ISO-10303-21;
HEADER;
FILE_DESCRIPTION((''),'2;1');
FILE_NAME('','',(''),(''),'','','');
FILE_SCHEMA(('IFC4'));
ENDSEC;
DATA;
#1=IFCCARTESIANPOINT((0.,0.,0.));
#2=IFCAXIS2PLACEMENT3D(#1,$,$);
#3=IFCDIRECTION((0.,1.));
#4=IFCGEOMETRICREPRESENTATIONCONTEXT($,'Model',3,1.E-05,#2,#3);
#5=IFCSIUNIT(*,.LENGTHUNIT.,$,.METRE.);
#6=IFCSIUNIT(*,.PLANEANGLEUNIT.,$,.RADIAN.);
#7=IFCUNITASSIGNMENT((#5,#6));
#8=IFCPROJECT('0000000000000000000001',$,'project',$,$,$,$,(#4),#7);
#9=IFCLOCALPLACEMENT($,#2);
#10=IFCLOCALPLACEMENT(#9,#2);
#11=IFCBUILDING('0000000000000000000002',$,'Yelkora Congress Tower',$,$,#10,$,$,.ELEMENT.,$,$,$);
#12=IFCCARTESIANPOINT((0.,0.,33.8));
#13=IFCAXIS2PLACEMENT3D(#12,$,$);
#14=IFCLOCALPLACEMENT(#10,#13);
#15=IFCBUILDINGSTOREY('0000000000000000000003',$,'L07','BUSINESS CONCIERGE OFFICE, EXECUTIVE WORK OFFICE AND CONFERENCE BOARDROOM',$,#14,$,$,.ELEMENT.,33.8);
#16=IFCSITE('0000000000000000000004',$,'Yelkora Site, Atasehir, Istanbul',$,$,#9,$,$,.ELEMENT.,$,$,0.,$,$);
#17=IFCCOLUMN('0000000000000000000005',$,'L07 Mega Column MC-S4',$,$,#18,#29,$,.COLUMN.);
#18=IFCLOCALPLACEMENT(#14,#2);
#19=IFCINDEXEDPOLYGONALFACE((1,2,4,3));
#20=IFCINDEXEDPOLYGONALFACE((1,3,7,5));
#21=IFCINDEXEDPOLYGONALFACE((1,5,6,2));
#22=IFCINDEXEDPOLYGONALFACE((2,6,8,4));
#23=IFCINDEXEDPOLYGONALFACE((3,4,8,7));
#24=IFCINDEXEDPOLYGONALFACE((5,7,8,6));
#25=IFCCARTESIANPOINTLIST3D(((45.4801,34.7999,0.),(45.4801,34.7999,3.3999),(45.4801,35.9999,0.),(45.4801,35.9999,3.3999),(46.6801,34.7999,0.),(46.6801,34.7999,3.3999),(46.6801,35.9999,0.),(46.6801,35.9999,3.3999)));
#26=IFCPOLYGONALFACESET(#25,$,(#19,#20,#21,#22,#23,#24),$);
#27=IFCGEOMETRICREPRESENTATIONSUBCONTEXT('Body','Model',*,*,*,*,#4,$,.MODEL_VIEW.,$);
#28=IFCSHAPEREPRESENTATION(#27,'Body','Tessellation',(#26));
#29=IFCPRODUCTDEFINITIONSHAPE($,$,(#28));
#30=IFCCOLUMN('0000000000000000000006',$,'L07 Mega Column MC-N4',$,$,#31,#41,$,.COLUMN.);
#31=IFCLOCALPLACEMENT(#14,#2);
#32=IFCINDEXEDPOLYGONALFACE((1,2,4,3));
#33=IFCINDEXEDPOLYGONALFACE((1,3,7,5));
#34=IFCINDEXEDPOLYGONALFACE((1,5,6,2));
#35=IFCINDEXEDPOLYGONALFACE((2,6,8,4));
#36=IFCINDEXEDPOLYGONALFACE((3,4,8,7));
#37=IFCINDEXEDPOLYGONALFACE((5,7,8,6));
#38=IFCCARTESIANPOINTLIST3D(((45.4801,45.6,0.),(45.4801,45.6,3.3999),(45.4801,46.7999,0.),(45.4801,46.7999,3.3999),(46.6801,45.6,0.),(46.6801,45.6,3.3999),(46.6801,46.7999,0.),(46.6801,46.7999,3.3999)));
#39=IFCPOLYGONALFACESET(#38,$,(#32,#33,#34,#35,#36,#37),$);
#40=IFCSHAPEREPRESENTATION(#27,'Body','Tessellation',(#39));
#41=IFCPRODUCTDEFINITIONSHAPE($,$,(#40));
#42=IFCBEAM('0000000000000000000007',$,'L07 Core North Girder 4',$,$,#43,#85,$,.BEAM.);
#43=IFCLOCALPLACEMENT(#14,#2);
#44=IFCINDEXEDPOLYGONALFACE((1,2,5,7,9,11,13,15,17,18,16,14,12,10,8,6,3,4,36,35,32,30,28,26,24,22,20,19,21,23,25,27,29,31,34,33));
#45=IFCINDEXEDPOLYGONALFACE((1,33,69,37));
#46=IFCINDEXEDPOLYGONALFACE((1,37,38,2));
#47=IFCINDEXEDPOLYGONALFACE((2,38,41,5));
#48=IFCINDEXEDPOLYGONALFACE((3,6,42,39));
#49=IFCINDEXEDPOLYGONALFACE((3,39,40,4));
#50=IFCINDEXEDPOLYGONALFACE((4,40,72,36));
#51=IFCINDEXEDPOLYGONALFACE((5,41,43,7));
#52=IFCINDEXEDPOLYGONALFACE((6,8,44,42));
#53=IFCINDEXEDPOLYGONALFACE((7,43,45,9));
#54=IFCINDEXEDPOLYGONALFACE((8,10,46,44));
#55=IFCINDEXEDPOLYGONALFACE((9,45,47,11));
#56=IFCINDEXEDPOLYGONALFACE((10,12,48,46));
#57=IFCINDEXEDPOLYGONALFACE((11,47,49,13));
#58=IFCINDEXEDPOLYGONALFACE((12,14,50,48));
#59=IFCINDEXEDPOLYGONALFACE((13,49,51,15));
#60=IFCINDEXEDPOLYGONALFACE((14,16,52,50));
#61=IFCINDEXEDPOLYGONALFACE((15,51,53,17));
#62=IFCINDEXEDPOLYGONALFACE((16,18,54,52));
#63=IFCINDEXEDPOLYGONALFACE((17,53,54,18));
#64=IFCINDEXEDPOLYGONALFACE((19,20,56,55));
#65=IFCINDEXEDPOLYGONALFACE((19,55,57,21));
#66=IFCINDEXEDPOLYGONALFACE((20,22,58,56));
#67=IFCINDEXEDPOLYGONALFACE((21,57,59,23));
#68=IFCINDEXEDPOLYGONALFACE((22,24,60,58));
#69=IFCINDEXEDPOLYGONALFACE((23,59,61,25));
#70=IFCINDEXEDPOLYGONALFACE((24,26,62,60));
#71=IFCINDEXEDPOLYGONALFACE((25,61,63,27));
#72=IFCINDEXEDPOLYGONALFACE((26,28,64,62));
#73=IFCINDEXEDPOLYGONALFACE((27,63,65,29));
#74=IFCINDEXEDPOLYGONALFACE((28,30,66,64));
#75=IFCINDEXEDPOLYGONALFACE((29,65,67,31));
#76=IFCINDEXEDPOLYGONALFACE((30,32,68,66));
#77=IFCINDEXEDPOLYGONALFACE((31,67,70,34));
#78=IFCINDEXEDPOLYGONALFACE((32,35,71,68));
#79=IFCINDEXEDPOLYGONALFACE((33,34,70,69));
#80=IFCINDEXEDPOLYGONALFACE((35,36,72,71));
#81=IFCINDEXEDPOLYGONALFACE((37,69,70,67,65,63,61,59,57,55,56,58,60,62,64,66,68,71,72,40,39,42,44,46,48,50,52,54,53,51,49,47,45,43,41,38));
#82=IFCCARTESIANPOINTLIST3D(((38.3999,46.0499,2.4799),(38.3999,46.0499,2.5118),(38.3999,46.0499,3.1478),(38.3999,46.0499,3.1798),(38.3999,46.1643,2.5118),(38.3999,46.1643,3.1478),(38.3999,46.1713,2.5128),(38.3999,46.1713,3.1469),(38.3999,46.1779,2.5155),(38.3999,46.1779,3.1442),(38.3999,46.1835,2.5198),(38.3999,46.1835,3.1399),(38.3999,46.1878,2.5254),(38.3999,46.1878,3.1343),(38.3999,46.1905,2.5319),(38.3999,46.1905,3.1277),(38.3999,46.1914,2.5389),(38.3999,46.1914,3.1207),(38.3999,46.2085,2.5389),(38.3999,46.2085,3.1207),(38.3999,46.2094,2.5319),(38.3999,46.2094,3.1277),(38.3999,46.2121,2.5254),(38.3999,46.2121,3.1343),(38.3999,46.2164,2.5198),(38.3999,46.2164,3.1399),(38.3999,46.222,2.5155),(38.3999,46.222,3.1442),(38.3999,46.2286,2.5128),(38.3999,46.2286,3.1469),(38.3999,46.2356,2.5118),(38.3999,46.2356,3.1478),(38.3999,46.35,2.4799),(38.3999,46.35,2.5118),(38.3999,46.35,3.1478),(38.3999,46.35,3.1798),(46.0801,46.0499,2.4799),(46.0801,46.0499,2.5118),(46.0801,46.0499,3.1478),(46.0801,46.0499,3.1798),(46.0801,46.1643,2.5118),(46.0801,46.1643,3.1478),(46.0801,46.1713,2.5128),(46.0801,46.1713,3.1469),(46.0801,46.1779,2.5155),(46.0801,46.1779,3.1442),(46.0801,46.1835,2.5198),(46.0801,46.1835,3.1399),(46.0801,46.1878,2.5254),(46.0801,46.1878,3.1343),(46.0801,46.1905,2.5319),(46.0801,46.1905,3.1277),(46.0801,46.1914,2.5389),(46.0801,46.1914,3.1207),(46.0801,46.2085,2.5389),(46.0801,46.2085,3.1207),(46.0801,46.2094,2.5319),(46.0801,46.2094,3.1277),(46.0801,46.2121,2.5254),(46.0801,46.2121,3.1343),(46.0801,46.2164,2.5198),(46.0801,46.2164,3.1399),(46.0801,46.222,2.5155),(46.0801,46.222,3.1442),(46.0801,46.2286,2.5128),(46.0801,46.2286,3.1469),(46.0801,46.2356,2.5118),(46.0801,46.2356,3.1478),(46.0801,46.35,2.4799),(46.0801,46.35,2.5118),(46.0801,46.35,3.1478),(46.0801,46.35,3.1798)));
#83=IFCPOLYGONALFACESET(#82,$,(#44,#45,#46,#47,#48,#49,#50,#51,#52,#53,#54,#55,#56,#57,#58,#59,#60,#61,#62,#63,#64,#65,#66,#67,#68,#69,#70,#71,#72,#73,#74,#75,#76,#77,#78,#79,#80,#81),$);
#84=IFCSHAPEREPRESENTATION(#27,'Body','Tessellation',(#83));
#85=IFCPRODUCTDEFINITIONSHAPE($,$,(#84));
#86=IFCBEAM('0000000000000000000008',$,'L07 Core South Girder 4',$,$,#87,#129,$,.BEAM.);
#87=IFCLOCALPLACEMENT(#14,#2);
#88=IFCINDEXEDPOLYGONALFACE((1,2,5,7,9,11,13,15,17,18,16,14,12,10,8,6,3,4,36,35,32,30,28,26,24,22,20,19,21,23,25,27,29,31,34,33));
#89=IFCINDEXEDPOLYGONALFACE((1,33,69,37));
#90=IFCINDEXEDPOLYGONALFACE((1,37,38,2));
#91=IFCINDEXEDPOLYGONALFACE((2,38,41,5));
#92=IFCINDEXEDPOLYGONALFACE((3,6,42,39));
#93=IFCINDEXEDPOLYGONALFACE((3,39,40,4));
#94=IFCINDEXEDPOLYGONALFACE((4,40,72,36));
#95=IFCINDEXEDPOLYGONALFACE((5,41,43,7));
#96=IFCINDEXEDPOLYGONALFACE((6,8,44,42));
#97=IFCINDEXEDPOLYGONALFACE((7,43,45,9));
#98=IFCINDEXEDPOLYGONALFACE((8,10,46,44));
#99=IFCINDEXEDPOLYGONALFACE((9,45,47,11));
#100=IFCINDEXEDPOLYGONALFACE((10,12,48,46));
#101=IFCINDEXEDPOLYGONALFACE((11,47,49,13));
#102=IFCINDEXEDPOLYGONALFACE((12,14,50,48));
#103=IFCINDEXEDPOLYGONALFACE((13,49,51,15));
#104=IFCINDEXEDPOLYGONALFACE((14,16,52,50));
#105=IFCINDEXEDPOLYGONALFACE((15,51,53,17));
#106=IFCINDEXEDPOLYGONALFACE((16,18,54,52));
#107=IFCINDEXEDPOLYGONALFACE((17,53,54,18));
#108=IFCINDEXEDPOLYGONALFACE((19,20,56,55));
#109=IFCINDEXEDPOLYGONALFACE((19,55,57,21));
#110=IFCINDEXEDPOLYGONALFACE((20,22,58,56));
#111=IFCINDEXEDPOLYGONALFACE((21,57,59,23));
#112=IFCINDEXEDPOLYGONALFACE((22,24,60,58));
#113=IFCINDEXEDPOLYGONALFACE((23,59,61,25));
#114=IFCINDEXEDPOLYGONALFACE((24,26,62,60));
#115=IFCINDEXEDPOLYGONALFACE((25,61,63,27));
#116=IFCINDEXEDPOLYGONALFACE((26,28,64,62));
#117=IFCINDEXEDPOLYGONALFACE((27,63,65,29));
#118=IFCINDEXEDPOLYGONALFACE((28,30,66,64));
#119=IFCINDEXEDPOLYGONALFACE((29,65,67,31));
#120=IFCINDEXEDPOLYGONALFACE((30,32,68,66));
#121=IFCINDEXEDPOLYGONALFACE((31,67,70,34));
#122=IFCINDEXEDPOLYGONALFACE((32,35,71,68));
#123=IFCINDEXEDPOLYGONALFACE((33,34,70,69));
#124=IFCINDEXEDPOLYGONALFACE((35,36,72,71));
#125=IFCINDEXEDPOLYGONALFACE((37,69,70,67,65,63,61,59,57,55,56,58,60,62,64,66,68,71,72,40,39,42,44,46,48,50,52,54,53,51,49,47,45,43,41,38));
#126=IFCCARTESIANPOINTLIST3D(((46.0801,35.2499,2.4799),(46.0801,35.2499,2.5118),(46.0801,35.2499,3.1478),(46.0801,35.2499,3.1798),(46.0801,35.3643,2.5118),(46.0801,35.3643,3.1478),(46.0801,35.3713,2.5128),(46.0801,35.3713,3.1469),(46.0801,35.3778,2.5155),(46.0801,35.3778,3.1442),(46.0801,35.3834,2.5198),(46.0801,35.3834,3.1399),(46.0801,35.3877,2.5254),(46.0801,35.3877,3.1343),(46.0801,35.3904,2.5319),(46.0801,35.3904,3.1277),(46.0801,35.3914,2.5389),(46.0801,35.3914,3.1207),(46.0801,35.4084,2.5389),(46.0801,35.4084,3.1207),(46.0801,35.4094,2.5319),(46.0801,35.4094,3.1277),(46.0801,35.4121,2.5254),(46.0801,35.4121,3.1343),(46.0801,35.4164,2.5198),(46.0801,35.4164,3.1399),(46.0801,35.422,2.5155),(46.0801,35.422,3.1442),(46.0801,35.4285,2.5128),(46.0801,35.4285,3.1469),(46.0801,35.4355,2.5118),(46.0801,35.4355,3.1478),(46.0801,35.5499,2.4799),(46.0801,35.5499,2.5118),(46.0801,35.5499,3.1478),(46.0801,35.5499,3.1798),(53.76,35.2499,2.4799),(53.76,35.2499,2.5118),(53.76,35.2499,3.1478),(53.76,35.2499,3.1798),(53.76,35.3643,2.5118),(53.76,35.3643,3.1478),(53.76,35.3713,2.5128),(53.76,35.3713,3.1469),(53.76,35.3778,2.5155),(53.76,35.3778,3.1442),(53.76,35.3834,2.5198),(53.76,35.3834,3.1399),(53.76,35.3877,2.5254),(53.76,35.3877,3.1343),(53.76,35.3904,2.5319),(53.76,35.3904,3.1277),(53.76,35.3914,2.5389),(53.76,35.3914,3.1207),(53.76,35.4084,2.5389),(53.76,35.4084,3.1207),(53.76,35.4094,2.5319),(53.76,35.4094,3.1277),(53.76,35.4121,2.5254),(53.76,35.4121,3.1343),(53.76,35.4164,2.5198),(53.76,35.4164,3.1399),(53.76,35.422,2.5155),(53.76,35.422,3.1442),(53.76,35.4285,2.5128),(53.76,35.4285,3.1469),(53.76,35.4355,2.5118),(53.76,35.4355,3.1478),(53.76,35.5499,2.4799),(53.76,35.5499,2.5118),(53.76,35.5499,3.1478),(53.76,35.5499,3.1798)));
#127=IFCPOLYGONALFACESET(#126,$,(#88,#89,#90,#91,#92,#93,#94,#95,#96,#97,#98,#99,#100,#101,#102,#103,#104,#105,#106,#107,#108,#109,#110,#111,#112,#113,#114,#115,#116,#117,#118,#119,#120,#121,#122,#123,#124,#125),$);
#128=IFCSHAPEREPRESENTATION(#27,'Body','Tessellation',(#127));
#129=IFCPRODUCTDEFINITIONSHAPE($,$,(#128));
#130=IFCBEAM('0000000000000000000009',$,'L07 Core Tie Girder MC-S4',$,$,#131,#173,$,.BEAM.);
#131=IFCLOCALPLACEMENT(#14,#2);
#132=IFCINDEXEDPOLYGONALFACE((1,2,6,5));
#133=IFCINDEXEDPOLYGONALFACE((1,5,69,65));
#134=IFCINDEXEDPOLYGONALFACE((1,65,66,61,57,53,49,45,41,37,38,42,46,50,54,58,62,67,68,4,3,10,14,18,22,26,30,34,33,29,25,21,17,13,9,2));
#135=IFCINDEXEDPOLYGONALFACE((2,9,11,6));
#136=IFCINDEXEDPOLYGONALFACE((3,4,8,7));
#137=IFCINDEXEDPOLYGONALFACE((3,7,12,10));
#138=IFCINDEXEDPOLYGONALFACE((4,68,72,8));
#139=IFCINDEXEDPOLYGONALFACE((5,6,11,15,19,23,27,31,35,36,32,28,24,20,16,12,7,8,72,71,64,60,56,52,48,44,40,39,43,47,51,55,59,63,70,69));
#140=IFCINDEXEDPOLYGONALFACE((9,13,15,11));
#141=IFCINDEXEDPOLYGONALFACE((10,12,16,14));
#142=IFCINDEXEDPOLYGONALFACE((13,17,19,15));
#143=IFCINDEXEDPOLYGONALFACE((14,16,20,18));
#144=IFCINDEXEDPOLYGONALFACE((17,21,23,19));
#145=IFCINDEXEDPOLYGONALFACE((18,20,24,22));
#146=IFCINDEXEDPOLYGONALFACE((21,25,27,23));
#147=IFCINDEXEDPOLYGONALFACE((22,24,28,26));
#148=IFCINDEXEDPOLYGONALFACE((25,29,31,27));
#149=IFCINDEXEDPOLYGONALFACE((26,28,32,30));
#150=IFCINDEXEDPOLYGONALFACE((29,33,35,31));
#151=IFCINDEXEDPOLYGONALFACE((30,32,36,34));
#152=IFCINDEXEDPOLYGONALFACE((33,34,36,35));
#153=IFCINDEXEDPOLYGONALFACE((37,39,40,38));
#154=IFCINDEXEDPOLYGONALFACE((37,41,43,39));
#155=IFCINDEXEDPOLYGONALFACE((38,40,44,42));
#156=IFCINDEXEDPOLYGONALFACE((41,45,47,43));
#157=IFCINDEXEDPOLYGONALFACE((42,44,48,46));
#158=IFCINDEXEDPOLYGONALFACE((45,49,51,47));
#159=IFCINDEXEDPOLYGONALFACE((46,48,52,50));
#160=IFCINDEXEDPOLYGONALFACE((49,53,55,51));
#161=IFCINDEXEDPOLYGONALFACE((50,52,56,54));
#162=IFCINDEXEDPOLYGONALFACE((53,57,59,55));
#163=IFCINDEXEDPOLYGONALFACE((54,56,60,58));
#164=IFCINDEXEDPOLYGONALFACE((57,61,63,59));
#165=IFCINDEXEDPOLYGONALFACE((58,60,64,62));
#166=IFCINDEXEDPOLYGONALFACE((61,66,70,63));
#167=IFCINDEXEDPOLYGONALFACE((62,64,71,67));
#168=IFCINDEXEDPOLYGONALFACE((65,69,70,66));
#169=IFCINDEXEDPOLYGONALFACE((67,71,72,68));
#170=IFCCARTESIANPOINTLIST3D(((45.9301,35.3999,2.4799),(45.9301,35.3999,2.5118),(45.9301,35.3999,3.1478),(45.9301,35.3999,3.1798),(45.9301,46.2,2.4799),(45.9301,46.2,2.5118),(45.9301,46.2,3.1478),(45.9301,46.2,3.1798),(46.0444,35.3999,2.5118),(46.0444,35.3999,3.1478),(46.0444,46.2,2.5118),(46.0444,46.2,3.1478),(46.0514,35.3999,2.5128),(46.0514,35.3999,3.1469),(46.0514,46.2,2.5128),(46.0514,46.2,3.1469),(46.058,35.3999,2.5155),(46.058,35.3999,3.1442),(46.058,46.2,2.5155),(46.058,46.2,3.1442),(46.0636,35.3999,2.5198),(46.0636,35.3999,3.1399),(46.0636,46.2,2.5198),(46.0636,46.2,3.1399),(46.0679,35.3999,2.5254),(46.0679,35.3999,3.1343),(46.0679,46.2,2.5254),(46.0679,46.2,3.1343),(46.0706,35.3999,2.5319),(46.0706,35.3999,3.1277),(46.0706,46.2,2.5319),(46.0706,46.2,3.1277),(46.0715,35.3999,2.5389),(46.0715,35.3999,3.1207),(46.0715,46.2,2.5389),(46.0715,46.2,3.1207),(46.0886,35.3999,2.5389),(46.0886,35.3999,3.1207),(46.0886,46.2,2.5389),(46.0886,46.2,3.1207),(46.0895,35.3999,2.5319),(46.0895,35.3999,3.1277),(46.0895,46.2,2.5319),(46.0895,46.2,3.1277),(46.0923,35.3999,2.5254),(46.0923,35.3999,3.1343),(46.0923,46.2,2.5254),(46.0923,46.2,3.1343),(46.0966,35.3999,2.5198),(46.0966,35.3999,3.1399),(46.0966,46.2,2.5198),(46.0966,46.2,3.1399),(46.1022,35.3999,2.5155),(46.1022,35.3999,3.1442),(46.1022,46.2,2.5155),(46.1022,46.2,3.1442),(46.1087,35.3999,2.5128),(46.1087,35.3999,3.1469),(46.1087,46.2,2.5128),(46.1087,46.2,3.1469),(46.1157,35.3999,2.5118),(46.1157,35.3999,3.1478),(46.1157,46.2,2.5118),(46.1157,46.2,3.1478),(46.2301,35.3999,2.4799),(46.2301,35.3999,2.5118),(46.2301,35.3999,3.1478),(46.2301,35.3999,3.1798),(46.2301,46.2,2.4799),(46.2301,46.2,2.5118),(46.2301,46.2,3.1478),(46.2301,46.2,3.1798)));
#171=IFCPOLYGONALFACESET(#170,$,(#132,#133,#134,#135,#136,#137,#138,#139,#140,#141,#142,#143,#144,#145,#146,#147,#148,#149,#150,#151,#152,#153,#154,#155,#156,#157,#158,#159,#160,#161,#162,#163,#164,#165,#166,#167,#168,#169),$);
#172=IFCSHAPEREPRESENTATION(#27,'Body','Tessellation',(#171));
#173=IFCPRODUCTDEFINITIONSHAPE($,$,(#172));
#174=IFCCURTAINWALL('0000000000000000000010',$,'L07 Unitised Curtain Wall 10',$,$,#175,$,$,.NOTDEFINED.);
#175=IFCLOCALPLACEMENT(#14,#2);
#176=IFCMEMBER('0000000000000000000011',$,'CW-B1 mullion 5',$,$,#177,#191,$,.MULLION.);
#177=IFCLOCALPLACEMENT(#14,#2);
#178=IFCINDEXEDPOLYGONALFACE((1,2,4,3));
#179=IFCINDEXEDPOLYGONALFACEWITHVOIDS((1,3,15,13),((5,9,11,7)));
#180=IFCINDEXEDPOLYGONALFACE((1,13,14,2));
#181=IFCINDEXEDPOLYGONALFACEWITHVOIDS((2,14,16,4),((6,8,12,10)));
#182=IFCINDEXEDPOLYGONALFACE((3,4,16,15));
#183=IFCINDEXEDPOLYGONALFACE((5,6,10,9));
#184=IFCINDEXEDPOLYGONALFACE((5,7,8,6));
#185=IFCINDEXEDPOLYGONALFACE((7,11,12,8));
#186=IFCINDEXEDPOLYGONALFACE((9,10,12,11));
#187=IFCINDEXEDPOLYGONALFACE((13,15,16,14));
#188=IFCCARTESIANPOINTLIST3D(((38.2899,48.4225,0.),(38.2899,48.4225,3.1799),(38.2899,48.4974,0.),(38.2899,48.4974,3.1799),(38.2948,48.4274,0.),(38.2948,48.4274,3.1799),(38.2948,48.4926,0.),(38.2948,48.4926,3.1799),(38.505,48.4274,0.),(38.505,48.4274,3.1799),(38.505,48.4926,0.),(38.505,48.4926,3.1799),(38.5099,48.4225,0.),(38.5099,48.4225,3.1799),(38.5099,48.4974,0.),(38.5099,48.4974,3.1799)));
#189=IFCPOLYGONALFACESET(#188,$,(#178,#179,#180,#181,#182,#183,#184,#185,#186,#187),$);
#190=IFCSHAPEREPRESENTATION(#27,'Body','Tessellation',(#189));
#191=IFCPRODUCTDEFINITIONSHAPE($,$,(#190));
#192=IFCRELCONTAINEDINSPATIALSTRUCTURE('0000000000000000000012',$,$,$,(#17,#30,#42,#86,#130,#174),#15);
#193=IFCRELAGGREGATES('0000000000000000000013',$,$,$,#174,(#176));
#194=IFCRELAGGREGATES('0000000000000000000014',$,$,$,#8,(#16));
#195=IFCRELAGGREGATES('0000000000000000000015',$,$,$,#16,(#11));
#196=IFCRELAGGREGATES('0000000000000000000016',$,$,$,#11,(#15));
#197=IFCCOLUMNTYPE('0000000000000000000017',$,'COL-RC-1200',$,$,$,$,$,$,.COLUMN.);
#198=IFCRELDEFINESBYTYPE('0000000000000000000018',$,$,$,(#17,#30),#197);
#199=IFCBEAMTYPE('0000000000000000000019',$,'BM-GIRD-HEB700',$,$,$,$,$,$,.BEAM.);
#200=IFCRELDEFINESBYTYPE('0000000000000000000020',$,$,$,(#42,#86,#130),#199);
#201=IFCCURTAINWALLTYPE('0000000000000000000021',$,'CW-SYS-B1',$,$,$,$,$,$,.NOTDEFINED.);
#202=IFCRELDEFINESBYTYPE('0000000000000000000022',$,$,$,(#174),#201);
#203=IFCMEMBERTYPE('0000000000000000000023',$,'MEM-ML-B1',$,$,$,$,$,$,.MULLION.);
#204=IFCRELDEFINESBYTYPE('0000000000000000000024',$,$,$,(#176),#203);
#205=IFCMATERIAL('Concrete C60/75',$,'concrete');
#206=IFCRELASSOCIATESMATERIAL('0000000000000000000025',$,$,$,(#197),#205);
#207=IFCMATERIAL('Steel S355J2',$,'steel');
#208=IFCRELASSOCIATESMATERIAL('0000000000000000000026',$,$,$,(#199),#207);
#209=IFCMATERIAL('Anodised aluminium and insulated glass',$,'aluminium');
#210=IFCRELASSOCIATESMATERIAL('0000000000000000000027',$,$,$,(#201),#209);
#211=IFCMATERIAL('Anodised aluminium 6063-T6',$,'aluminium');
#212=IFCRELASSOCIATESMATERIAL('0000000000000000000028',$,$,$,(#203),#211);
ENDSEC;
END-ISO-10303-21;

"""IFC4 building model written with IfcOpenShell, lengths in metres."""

from ifc_helpers import new_model, si_unit, direction, frame, origin, origin_2d, place, context, subcontext, project, spatial, rectangle, hollow_rectangle, i_section, extrude, material, material_profile, profile_set, type_object, element, aggregate, save


model = new_model("IFC4")

# Units and contexts
model_context = context("Model", 3, precision=1e-05, world=origin(), true_north=direction((0.0, 1.0)))
body_context = subcontext(model_context, "Body", "Model", "MODEL_VIEW")
ifc_project = project(units=[si_unit("LENGTHUNIT", "METRE"), si_unit("PLANEANGLEUNIT", "RADIAN")], contexts=[model_context])

# Site, building, storey
site_placement = place(None, origin())
site = spatial("IfcSite", under=ifc_project, at=site_placement, Name="Yelkora Site, Atasehir, Istanbul", CompositionType="ELEMENT", RefElevation=0.0)
building_placement = place(site_placement, origin())
building = spatial("IfcBuilding", under=site, at=building_placement, Name="Yelkora Congress Tower", CompositionType="ELEMENT")
storey_placement = place(building_placement, frame((0.0, 0.0, 33.8)))
storey = spatial("IfcBuildingStorey", under=building, at=storey_placement, Name="L07", Description="BUSINESS CONCIERGE OFFICE, EXECUTIVE WORK OFFICE AND CONFERENCE BOARDROOM", CompositionType="ELEMENT", Elevation=33.8)

# Columns
ifc_material_1 = material(Name="Concrete C60/75", Category="concrete")
ifc_material_profile_1 = material_profile(ifc_material_1, rectangle(XDim=1.2, YDim=1.2, at=origin_2d()), Name="RC 1200x1200")
ifc_profile_set_1 = profile_set([ifc_material_profile_1], Name="Concrete C60/75")
column_type = type_object("IfcColumnType", Name="COL-RC-1200", PredefinedType="COLUMN", material=ifc_profile_set_1)
for number, where, z_axis, x_axis, name in (
    (1, (46.0801, 35.3999, 0.0), (0.0, 0.0, 1.0), (1.0, 0.0, 0.0), "L07 Mega Column MC-S4"),
    (2, (46.0801, 46.2, 0.0), (0.0, 0.0, 1.0), (1.0, 0.0, 0.0), "L07 Mega Column MC-N4"),
):
    element("IfcColumn", number, at=place(storey_placement, frame(where, z_axis=z_axis, x_axis=x_axis)), inside=storey, type_object=column_type, Name=name, PredefinedType="COLUMN", context=body_context, shape_type="SweptSolid", body=[
        extrude(rectangle(XDim=1.2, YDim=1.2, at=origin_2d()), origin(), (0.0, 0.0, 1.0), 3.3999),
    ])

# Beams
ifc_material_2 = material(Name="Steel S355J2", Category="steel")
ifc_material_profile_2 = material_profile(ifc_material_2, i_section(OverallWidth=0.3, OverallDepth=0.7, WebThickness=0.0171, FlangeThickness=0.032, FilletRadius=0.0271, at=origin_2d()), Name="HEB 700")
ifc_profile_set_2 = profile_set([ifc_material_profile_2], Name="Steel S355J2")
beam_type = type_object("IfcBeamType", Name="BM-GIRD-HEB700", PredefinedType="BEAM", material=ifc_profile_set_2)
beam_1_placement = place(storey_placement, frame((38.3999, 46.2, 2.8298), z_axis=(1.0, 0.0, 0.0), x_axis=(0.0, 1.0, 0.0)))
element("IfcBeam", 3, at=beam_1_placement, inside=storey, type_object=beam_type, Name="L07 Core North Girder 4", PredefinedType="BEAM", context=body_context, shape_type="SweptSolid", body=[
    extrude(i_section(OverallWidth=0.3, OverallDepth=0.7, WebThickness=0.0171, FlangeThickness=0.032, FilletRadius=0.0271, at=origin_2d()), origin(), (0.0, 0.0, 1.0), 7.6802),
])
beam_2_placement = place(storey_placement, frame((46.0801, 35.3999, 2.8298), z_axis=(1.0, 0.0, 0.0), x_axis=(0.0, 1.0, 0.0)))
element("IfcBeam", 4, at=beam_2_placement, inside=storey, type_object=beam_type, Name="L07 Core South Girder 4", PredefinedType="BEAM", context=body_context, shape_type="SweptSolid", body=[
    extrude(i_section(OverallWidth=0.3, OverallDepth=0.7, WebThickness=0.0171, FlangeThickness=0.032, FilletRadius=0.0271, at=origin_2d()), origin(), (0.0, 0.0, 1.0), 7.6799),
])
beam_3_placement = place(storey_placement, frame((46.0801, 35.3999, 2.8298), z_axis=(0.0, 1.0, 0.0), x_axis=(-1.0, 0.0, 0.0)))
element("IfcBeam", 5, at=beam_3_placement, inside=storey, type_object=beam_type, Name="L07 Core Tie Girder MC-S4", PredefinedType="BEAM", context=body_context, shape_type="SweptSolid", body=[
    extrude(i_section(OverallWidth=0.3, OverallDepth=0.7, WebThickness=0.0171, FlangeThickness=0.032, FilletRadius=0.0271, at=origin_2d()), origin(), (0.0, 0.0, 1.0), 10.8),
])

# Curtain wall, member
ifc_material_3 = material(Name="Anodised aluminium and insulated glass", Category="aluminium")
curtain_wall_type = type_object("IfcCurtainWallType", Name="CW-SYS-B1", PredefinedType="NOTDEFINED", material=ifc_material_3)
curtain_wall_placement = place(storey_placement, origin())
curtain_wall = element("IfcCurtainWall", 6, at=curtain_wall_placement, inside=storey, type_object=curtain_wall_type, Name="L07 Unitised Curtain Wall 10", PredefinedType="NOTDEFINED")
ifc_material_4 = material(Name="Anodised aluminium 6063-T6", Category="aluminium")
ifc_material_profile_3 = material_profile(ifc_material_4, hollow_rectangle(XDim=0.075, YDim=0.22, WallThickness=0.0049, at=origin_2d()), Name="ALU 75x220x5")
ifc_profile_set_3 = profile_set([ifc_material_profile_3], Name="Anodised aluminium 6063-T6")
member_type_1 = type_object("IfcMemberType", Name="MEM-ML-B1", PredefinedType="MULLION", material=ifc_profile_set_3)
member_1_placement = place(storey_placement, frame((38.3999, 48.46, 0.0), z_axis=(0.0, 0.0, 1.0), x_axis=(0.0, 1.0, 0.0)))
member_1 = element("IfcMember", 7, at=member_1_placement, type_object=member_type_1, Name="CW-B1 mullion 5", PredefinedType="MULLION", context=body_context, shape_type="SweptSolid", body=[
    extrude(hollow_rectangle(XDim=0.075, YDim=0.22, WallThickness=0.0049, at=origin_2d()), origin(), (0.0, 0.0, 1.0), 3.1799),
])
aggregate(curtain_wall, [member_1])

save(model, "model.ifc")
